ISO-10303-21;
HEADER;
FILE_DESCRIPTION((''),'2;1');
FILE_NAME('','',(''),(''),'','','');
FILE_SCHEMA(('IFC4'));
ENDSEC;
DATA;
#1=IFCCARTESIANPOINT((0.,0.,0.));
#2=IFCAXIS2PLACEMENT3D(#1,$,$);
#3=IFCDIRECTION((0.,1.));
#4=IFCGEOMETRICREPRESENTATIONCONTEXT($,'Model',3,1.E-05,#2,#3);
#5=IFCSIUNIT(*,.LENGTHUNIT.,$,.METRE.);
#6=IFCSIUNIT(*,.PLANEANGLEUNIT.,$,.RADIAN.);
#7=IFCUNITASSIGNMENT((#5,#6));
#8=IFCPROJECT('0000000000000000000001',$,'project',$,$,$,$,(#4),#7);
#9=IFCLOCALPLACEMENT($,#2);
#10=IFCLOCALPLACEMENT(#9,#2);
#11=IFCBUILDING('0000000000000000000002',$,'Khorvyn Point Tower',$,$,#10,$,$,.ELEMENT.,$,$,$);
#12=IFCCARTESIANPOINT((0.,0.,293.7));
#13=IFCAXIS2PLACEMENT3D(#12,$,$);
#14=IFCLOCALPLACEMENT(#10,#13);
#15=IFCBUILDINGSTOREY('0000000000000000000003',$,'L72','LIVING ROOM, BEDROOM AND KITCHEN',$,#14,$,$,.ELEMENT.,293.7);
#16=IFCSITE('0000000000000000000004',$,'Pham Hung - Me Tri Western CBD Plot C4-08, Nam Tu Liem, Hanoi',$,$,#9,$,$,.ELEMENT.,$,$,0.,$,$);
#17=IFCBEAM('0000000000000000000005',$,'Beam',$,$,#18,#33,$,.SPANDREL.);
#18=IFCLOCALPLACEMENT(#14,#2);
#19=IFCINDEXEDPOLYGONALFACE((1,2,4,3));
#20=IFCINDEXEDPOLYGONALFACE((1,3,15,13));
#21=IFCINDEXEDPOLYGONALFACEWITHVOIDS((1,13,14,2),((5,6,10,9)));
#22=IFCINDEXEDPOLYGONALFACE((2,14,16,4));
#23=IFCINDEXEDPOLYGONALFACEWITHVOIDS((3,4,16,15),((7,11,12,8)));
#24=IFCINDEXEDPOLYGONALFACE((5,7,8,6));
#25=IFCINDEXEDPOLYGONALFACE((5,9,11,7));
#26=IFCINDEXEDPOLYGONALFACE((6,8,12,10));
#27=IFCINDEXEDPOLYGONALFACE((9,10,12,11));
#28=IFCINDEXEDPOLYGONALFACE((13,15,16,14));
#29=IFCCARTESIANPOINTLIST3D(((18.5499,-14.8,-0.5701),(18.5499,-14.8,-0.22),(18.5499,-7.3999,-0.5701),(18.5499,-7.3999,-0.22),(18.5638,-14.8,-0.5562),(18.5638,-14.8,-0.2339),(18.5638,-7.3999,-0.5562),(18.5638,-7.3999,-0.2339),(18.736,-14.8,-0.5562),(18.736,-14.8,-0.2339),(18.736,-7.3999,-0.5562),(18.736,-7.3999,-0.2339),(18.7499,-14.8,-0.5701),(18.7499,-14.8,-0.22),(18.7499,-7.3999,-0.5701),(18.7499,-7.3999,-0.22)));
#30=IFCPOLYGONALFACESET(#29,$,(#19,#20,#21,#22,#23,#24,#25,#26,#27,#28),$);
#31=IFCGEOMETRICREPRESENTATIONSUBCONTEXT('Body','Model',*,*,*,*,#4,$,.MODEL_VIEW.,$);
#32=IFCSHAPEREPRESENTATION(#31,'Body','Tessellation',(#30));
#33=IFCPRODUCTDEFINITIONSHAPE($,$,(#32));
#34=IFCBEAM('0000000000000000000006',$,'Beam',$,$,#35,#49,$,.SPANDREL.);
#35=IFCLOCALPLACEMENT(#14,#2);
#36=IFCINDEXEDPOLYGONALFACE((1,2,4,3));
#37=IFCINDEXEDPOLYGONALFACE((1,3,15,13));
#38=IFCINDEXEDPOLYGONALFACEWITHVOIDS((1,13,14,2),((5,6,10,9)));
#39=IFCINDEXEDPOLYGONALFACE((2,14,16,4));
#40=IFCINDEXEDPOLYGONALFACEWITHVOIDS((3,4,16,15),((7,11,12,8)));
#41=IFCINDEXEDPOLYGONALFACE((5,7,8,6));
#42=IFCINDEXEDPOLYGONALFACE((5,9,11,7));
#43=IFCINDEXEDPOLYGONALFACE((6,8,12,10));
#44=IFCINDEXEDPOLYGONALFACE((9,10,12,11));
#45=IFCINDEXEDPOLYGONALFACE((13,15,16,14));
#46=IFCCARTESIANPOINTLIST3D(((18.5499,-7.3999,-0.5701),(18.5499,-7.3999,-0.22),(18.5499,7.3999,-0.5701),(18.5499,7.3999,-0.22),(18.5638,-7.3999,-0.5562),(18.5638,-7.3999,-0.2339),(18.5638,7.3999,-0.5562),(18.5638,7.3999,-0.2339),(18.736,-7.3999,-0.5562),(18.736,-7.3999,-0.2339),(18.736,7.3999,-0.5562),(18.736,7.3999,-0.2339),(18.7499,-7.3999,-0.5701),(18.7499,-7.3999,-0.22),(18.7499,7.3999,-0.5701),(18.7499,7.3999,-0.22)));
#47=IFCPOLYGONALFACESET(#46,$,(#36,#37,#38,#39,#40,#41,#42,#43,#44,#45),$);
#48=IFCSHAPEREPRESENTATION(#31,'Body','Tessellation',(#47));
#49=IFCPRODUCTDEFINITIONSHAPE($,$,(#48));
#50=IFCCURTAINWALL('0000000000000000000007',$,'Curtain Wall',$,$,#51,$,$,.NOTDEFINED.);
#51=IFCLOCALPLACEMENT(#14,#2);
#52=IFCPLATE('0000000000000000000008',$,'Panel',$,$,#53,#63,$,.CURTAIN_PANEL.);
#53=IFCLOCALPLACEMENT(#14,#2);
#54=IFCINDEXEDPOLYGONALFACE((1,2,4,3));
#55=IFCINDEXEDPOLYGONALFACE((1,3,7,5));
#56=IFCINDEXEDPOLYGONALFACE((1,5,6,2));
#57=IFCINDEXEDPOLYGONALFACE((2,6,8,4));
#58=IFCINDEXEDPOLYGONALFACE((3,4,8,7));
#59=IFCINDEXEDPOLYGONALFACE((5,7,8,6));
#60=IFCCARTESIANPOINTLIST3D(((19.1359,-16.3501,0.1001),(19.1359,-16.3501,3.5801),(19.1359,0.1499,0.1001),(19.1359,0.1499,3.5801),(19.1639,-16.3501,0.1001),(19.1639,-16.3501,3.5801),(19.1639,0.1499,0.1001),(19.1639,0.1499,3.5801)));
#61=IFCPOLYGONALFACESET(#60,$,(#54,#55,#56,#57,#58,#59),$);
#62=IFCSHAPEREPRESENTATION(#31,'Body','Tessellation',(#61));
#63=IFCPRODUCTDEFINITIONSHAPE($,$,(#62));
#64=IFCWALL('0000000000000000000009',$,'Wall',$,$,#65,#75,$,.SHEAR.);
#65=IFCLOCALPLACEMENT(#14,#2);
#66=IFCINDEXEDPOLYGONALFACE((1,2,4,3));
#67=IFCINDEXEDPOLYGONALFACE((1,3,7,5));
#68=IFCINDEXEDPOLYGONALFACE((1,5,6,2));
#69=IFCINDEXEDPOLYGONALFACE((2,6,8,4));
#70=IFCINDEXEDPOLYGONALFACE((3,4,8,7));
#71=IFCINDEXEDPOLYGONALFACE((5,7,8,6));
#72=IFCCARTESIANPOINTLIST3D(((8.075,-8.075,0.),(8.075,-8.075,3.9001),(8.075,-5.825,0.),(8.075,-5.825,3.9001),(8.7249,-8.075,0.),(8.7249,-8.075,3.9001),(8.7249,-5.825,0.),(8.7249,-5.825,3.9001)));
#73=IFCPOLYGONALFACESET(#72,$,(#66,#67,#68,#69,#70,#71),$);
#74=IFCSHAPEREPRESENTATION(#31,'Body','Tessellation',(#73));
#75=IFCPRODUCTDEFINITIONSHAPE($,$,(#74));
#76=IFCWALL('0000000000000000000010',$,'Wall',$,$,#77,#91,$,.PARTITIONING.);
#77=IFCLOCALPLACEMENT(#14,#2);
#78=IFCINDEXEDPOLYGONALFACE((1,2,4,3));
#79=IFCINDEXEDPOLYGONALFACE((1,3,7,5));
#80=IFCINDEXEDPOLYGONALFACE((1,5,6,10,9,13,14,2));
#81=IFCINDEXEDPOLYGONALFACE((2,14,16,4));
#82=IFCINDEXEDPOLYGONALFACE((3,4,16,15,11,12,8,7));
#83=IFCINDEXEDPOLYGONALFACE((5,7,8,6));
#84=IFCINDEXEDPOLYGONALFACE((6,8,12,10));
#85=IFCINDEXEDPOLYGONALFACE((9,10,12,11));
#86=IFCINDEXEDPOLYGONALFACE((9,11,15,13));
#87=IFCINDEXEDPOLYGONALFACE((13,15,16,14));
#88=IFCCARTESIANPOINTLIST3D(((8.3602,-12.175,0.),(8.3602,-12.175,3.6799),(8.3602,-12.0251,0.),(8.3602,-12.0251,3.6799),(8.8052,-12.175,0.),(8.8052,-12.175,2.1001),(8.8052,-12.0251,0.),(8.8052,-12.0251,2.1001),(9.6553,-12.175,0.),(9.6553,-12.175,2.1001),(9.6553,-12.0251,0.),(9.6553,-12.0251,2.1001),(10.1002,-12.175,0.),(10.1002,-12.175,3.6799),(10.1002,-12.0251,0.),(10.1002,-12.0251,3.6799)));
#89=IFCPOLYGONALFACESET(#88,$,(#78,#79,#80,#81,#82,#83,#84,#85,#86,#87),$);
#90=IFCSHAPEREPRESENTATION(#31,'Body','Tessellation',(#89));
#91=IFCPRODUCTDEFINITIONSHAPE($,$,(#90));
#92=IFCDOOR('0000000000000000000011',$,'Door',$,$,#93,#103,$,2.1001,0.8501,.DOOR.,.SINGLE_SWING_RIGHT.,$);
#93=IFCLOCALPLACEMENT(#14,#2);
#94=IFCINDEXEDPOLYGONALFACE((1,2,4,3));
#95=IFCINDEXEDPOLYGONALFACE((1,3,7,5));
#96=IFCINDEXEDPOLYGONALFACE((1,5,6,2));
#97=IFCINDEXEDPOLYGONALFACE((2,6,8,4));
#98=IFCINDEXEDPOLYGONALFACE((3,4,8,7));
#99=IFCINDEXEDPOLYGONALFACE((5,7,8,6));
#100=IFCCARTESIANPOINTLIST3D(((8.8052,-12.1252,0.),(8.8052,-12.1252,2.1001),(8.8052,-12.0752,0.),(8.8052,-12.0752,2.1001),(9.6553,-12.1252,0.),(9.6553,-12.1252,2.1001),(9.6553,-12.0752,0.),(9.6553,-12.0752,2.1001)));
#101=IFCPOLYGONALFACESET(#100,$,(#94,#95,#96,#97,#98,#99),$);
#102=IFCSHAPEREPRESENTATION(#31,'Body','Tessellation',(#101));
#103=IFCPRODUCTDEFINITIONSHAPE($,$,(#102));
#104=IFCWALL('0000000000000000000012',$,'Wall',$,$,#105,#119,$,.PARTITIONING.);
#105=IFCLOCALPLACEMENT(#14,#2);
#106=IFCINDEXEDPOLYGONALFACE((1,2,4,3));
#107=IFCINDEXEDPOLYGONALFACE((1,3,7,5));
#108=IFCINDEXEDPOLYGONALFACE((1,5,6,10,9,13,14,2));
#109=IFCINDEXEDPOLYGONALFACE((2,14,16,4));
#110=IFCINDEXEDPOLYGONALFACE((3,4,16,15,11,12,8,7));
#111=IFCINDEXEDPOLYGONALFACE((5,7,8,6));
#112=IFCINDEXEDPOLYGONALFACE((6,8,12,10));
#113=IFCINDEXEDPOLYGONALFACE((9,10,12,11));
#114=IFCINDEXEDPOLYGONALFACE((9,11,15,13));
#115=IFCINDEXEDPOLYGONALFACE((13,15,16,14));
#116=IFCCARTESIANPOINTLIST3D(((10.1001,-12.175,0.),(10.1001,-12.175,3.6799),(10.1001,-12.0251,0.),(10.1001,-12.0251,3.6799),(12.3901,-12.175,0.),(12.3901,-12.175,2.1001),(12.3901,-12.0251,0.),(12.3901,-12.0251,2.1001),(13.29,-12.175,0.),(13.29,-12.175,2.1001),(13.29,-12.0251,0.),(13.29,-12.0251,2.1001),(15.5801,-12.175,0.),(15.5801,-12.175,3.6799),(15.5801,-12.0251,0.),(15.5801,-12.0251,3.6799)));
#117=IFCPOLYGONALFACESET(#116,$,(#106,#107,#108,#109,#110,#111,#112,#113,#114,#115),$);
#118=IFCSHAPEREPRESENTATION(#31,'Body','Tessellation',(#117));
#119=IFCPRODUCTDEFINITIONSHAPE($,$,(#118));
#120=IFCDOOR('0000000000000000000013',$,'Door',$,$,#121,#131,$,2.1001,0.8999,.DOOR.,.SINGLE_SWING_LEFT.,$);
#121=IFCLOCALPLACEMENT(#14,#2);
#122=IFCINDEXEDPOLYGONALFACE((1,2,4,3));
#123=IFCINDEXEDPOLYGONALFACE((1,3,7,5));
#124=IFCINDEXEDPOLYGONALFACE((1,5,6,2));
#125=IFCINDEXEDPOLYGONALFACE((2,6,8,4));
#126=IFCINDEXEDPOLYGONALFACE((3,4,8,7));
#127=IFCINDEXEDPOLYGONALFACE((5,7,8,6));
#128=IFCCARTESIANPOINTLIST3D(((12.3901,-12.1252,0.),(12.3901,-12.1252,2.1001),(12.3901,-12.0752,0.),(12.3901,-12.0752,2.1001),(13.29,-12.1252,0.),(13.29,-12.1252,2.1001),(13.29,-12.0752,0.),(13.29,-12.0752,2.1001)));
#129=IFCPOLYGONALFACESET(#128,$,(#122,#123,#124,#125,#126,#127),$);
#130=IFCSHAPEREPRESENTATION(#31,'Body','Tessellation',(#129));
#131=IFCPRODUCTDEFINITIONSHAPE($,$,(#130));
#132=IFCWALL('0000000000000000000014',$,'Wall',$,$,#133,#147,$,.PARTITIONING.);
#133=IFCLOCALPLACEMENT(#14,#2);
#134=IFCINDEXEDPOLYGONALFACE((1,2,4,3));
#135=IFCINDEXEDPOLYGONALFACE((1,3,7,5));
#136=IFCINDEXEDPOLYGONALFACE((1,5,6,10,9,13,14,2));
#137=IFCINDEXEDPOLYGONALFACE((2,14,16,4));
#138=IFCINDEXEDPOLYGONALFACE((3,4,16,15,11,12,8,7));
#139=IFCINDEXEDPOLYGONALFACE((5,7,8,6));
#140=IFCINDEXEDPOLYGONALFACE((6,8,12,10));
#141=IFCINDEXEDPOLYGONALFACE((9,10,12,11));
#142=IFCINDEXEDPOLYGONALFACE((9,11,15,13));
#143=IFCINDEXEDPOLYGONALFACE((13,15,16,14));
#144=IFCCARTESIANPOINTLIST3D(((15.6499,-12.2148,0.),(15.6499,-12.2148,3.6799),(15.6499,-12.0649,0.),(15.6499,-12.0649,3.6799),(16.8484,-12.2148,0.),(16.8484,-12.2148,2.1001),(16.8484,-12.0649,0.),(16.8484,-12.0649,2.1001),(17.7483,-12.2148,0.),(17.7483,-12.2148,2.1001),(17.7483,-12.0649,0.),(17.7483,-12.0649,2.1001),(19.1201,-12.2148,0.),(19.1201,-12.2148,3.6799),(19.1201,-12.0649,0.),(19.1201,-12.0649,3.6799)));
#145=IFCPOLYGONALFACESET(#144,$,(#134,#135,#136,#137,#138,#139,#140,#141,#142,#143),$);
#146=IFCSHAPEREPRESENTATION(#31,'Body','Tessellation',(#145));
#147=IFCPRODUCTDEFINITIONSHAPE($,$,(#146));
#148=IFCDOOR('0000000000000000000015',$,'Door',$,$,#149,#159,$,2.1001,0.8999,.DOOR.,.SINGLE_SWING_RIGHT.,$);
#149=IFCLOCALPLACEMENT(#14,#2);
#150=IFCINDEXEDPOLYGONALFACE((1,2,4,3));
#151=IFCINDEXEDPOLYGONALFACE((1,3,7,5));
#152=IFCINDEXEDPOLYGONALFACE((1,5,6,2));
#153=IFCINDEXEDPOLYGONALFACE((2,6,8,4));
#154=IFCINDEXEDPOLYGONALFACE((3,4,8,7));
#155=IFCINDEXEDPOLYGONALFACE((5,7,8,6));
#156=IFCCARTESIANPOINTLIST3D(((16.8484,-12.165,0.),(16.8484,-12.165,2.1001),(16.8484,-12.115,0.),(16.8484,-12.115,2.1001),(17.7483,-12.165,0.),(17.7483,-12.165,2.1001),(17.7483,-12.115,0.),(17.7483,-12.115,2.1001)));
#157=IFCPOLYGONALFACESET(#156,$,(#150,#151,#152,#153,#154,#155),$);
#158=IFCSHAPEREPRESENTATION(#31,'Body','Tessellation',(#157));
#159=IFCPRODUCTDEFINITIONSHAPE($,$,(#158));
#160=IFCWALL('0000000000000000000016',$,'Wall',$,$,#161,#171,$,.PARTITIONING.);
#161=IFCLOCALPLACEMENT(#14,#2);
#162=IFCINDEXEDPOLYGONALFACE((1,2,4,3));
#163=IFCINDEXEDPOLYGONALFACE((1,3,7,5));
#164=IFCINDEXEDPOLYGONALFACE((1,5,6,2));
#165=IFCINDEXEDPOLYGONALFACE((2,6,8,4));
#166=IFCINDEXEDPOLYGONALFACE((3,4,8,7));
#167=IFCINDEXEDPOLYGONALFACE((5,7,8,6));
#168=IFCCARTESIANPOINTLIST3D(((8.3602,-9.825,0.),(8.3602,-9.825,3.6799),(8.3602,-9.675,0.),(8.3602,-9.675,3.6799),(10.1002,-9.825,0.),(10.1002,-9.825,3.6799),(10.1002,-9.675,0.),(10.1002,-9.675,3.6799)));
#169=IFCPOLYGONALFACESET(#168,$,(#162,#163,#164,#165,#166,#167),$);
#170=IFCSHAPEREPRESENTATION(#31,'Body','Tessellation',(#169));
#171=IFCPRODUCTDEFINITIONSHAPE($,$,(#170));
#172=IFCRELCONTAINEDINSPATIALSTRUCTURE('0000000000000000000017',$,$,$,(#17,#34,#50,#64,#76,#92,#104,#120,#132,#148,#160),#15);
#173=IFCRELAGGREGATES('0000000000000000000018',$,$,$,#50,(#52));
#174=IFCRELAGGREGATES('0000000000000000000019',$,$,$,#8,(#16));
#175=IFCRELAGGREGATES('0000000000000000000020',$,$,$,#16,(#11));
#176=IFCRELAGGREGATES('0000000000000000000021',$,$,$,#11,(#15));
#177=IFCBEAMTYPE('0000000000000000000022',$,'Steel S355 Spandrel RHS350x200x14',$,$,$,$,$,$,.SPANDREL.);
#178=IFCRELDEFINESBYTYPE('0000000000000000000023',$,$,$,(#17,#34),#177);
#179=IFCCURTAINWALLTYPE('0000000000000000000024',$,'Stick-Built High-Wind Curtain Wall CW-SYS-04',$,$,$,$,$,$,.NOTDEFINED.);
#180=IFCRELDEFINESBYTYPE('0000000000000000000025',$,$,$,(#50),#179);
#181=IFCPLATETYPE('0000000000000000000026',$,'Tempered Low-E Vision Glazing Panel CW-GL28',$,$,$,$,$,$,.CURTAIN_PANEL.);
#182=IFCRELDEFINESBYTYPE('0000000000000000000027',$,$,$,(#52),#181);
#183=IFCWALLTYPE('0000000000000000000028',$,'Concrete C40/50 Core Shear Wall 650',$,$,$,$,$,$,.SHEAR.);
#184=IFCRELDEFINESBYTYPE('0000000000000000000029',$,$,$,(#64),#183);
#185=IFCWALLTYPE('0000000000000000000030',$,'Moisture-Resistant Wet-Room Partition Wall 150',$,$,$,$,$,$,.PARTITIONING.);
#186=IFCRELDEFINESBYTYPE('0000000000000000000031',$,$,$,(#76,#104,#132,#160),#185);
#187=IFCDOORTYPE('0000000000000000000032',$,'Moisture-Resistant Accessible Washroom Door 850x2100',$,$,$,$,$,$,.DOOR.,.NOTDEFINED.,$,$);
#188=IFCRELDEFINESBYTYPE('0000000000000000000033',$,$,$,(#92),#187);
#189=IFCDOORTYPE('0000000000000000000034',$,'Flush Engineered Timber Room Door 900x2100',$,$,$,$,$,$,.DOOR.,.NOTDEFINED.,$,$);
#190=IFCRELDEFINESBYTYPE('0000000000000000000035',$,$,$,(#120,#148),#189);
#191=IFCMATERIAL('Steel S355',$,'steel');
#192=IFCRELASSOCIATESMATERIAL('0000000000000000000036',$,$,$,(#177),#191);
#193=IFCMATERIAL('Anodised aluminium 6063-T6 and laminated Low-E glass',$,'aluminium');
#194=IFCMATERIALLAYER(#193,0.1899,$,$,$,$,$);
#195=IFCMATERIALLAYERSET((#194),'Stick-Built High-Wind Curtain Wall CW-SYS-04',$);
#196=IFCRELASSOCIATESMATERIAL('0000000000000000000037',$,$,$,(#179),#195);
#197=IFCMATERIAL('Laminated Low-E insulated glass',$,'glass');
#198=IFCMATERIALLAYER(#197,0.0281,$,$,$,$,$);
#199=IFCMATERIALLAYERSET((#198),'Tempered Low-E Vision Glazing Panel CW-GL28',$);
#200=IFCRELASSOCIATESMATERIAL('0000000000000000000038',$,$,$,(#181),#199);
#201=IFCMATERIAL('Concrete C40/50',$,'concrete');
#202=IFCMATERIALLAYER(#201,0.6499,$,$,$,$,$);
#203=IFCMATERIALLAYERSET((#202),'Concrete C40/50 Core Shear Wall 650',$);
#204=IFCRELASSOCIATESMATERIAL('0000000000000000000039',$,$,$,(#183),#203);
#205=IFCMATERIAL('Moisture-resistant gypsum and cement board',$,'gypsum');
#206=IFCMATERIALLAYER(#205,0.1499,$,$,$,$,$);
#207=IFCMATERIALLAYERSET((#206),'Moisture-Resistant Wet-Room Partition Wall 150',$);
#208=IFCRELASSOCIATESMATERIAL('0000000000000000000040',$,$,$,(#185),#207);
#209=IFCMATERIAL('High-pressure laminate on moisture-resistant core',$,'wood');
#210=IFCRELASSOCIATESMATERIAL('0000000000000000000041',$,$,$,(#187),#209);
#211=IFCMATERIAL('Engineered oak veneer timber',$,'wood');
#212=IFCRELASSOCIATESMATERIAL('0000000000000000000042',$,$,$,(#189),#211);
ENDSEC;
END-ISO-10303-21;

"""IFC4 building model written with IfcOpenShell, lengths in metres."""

from ifc_helpers import new_model, si_unit, direction, frame, frame_2d, origin, origin_2d, place, context, subcontext, project, spatial, rectangle, hollow_rectangle, extrude, material, layer, layer_set, material_profile, profile_set, type_object, element, fill, aggregate, save


model = new_model("IFC4")

# Units and contexts
model_context = context("Model", 3, precision=1e-05, world=origin(), true_north=direction((0.0, 1.0)))
body_context = subcontext(model_context, "Body", "Model", "MODEL_VIEW")
ifc_project = project(units=[si_unit("LENGTHUNIT", "METRE"), si_unit("PLANEANGLEUNIT", "RADIAN")], contexts=[model_context])

# Site, building, storey
site_placement = place(None, origin())
site = spatial("IfcSite", under=ifc_project, at=site_placement, Name="Pham Hung - Me Tri Western CBD Plot C4-08, Nam Tu Liem, Hanoi", CompositionType="ELEMENT", RefElevation=0.0)
building_placement = place(site_placement, origin())
building = spatial("IfcBuilding", under=site, at=building_placement, Name="Khorvyn Point Tower", CompositionType="ELEMENT")
storey_placement = place(building_placement, frame((0.0, 0.0, 293.7)))
storey = spatial("IfcBuildingStorey", under=building, at=storey_placement, Name="L72", Description="LIVING ROOM, BEDROOM AND KITCHEN", CompositionType="ELEMENT", Elevation=293.7)

# Shared definitions
ifc_material_1 = material(Name="Concrete C40/50", Category="concrete")
ifc_material_2 = material(Name="Steel S355", Category="steel")

# Beams
ifc_material_profile_1 = material_profile(ifc_material_2, hollow_rectangle(XDim=0.2, YDim=0.3501, WallThickness=0.0139, at=origin_2d()))
ifc_profile_set_1 = profile_set([ifc_material_profile_1], Name="Steel S355 RHS350x200x14")
beam_type_1 = type_object("IfcBeamType", Name="Steel S355 Spandrel RHS350x200x14", PredefinedType="SPANDREL", material=ifc_profile_set_1)
beam_1_placement = place(storey_placement, frame((18.6499, -14.8, -0.395), z_axis=(0.0, 1.0, 0.0), x_axis=(-1.0, 0.0, 0.0)))
element("IfcBeam", 1, at=beam_1_placement, inside=storey, type_object=beam_type_1, Name="Beam", PredefinedType="SPANDREL", context=body_context, shape_type="SweptSolid", body=[
    extrude(hollow_rectangle(XDim=0.2, YDim=0.3501, WallThickness=0.0139, at=origin_2d()), origin(), (0.0, 0.0, 1.0), 7.4001),
])
beam_2_placement = place(storey_placement, frame((18.6499, -7.3999, -0.395), z_axis=(0.0, 1.0, 0.0), x_axis=(-1.0, 0.0, 0.0)))
element("IfcBeam", 2, at=beam_2_placement, inside=storey, type_object=beam_type_1, Name="Beam", PredefinedType="SPANDREL", context=body_context, shape_type="SweptSolid", body=[
    extrude(hollow_rectangle(XDim=0.2, YDim=0.3501, WallThickness=0.0139, at=origin_2d()), origin(), (0.0, 0.0, 1.0), 14.7998),
])

# Curtain wall, plate
ifc_material_3 = material(Name="Anodised aluminium 6063-T6 and laminated Low-E glass", Category="aluminium")
ifc_layer_1 = layer(ifc_material_3, 0.1899)
ifc_layer_set_1 = layer_set([ifc_layer_1], Name="Stick-Built High-Wind Curtain Wall CW-SYS-04")
curtain_wall_type = type_object("IfcCurtainWallType", Name="Stick-Built High-Wind Curtain Wall CW-SYS-04", PredefinedType="NOTDEFINED", material=ifc_layer_set_1)
curtain_wall_placement = place(storey_placement, origin())
curtain_wall = element("IfcCurtainWall", 3, at=curtain_wall_placement, inside=storey, type_object=curtain_wall_type, Name="Curtain Wall", PredefinedType="NOTDEFINED")
ifc_material_4 = material(Name="Laminated Low-E insulated glass", Category="glass")
ifc_layer_2 = layer(ifc_material_4, 0.0281)
ifc_layer_set_2 = layer_set([ifc_layer_2], Name="Tempered Low-E Vision Glazing Panel CW-GL28")
plate_type = type_object("IfcPlateType", Name="Tempered Low-E Vision Glazing Panel CW-GL28", PredefinedType="CURTAIN_PANEL", material=ifc_layer_set_2)
plate_placement = place(storey_placement, frame((19.1499, -8.1001, 0.1001), z_axis=(0.0, 0.0, 1.0), x_axis=(0.0, -1.0, 0.0)))
plate = element("IfcPlate", 4, at=plate_placement, type_object=plate_type, Name="Panel", PredefinedType="CURTAIN_PANEL", context=body_context, shape_type="SweptSolid", body=[
    extrude(rectangle(XDim=16.5, YDim=0.0281, at=origin_2d()), origin(), (0.0, 0.0, 1.0), 3.48),
])
aggregate(curtain_wall, [plate])

# Wall
ifc_layer_3 = layer(ifc_material_1, 0.6499)
ifc_layer_set_3 = layer_set([ifc_layer_3], Name="Concrete C40/50 Core Shear Wall 650")
wall_type_1 = type_object("IfcWallType", Name="Concrete C40/50 Core Shear Wall 650", PredefinedType="SHEAR", material=ifc_layer_set_3)
wall_1_placement = place(storey_placement, frame((8.3999, -8.075, 0.0), z_axis=(0.0, 0.0, 1.0), x_axis=(0.0, 1.0, 0.0)))
element("IfcWall", 5, at=wall_1_placement, inside=storey, type_object=wall_type_1, Name="Wall", PredefinedType="SHEAR", context=body_context, shape_type="SweptSolid", body=[
    extrude(rectangle(XDim=2.25, YDim=0.6499, at=frame_2d((1.125, 0.0))), origin(), (0.0, 0.0, 1.0), 3.9001),
])

# Walls, openings, doors
ifc_material_5 = material(Name="Moisture-resistant gypsum and cement board", Category="gypsum")
ifc_layer_4 = layer(ifc_material_5, 0.1499)
ifc_layer_set_4 = layer_set([ifc_layer_4], Name="Moisture-Resistant Wet-Room Partition Wall 150")
wall_type_2 = type_object("IfcWallType", Name="Moisture-Resistant Wet-Room Partition Wall 150", PredefinedType="PARTITIONING", material=ifc_layer_set_4)
wall_2_placement = place(storey_placement, frame((8.3601, -12.1001, 0.0), z_axis=(0.0, 0.0, 1.0), x_axis=(1.0, 0.0, 0.0)))
wall_2 = element("IfcWall", 6, at=wall_2_placement, inside=storey, type_object=wall_type_2, Name="Wall", PredefinedType="PARTITIONING", context=body_context, shape_type="SweptSolid", body=[
    extrude(rectangle(XDim=1.74, YDim=0.1499, at=frame_2d((0.8701, 0.0))), origin(), (0.0, 0.0, 1.0), 3.6799),
])
opening_1_placement = place(wall_2_placement, frame((0.4451, 0.0, 0.0)))
opening_1 = element("IfcOpeningElement", 7, at=opening_1_placement, cuts=wall_2, PredefinedType="OPENING", context=body_context, shape_type="SweptSolid", body=[
    extrude(rectangle(XDim=0.8501, YDim=2.1001, at=frame_2d((0.425, 1.05))), frame((0.0, 0.085, 0.0), z_axis=(0.0, -1.0, 0.0), x_axis=(1.0, 0.0, 0.0)), (0.0, 0.0, 1.0), 0.1699),
])
ifc_material_6 = material(Name="High-pressure laminate on moisture-resistant core", Category="wood")
door_type_1 = type_object("IfcDoorType", Name="Moisture-Resistant Accessible Washroom Door 850x2100", OperationType="NOTDEFINED", PredefinedType="DOOR", material=ifc_material_6)
door_1_placement = place(opening_1_placement, origin())
door_1 = element("IfcDoor", 8, at=door_1_placement, inside=storey, type_object=door_type_1, Name="Door", OperationType="SINGLE_SWING_RIGHT", OverallHeight=2.1001, OverallWidth=0.8501, PredefinedType="DOOR", context=body_context, shape_type="SweptSolid", body=[
    extrude(rectangle(XDim=0.8501, YDim=2.1001, at=frame_2d((0.425, 1.05))), frame((0.0, 0.0249, 0.0), z_axis=(0.0, -1.0, 0.0), x_axis=(1.0, 0.0, 0.0)), (0.0, 0.0, 1.0), 0.05),
])
fill(opening_1, door_1)
wall_3_placement = place(storey_placement, frame((10.1001, -12.1001, 0.0), z_axis=(0.0, 0.0, 1.0), x_axis=(1.0, 0.0, 0.0)))
wall_3 = element("IfcWall", 9, at=wall_3_placement, inside=storey, type_object=wall_type_2, Name="Wall", PredefinedType="PARTITIONING", context=body_context, shape_type="SweptSolid", body=[
    extrude(rectangle(XDim=5.48, YDim=0.1499, at=frame_2d((2.74, 0.0))), origin(), (0.0, 0.0, 1.0), 3.6799),
])
opening_2_placement = place(wall_3_placement, frame((2.29, 0.0, 0.0)))
opening_2 = element("IfcOpeningElement", 10, at=opening_2_placement, cuts=wall_3, PredefinedType="OPENING", context=body_context, shape_type="SweptSolid", body=[
    extrude(rectangle(XDim=0.8999, YDim=2.1001, at=frame_2d((0.45, 1.05))), frame((0.0, 0.085, 0.0), z_axis=(0.0, -1.0, 0.0), x_axis=(1.0, 0.0, 0.0)), (0.0, 0.0, 1.0), 0.1699),
])
ifc_material_7 = material(Name="Engineered oak veneer timber", Category="wood")
door_type_2 = type_object("IfcDoorType", Name="Flush Engineered Timber Room Door 900x2100", OperationType="NOTDEFINED", PredefinedType="DOOR", material=ifc_material_7)
door_2_placement = place(opening_2_placement, origin())
door_2 = element("IfcDoor", 11, at=door_2_placement, inside=storey, type_object=door_type_2, Name="Door", OperationType="SINGLE_SWING_LEFT", OverallHeight=2.1001, OverallWidth=0.8999, PredefinedType="DOOR", context=body_context, shape_type="SweptSolid", body=[
    extrude(rectangle(XDim=0.8999, YDim=2.1001, at=frame_2d((0.45, 1.05))), frame((0.0, 0.0249, 0.0), z_axis=(0.0, -1.0, 0.0), x_axis=(1.0, 0.0, 0.0)), (0.0, 0.0, 1.0), 0.05),
])
fill(opening_2, door_2)
wall_4_placement = place(storey_placement, frame((15.6499, -12.1399, 0.0), z_axis=(0.0, 0.0, 1.0), x_axis=(1.0, 0.0, 0.0)))
wall_4 = element("IfcWall", 12, at=wall_4_placement, inside=storey, type_object=wall_type_2, Name="Wall", PredefinedType="PARTITIONING", context=body_context, shape_type="SweptSolid", body=[
    extrude(rectangle(XDim=3.4702, YDim=0.1499, at=frame_2d((1.7351, 0.0))), origin(), (0.0, 0.0, 1.0), 3.6799),
])
opening_3_placement = place(wall_4_placement, frame((1.1985, 0.0, 0.0)))
opening_3 = element("IfcOpeningElement", 13, at=opening_3_placement, cuts=wall_4, PredefinedType="OPENING", context=body_context, shape_type="SweptSolid", body=[
    extrude(rectangle(XDim=0.8999, YDim=2.1001, at=frame_2d((0.45, 1.05))), frame((0.0, 0.085, 0.0), z_axis=(0.0, -1.0, 0.0), x_axis=(1.0, 0.0, 0.0)), (0.0, 0.0, 1.0), 0.1699),
])
door_3_placement = place(opening_3_placement, origin())
door_3 = element("IfcDoor", 14, at=door_3_placement, inside=storey, type_object=door_type_2, Name="Door", OperationType="SINGLE_SWING_RIGHT", OverallHeight=2.1001, OverallWidth=0.8999, PredefinedType="DOOR", context=body_context, shape_type="SweptSolid", body=[
    extrude(rectangle(XDim=0.8999, YDim=2.1001, at=frame_2d((0.45, 1.05))), frame((0.0, 0.0249, 0.0), z_axis=(0.0, -1.0, 0.0), x_axis=(1.0, 0.0, 0.0)), (0.0, 0.0, 1.0), 0.05),
])
fill(opening_3, door_3)

# Wall
wall_5_placement = place(storey_placement, frame((8.3601, -9.75, 0.0), z_axis=(0.0, 0.0, 1.0), x_axis=(1.0, 0.0, 0.0)))
element("IfcWall", 15, at=wall_5_placement, inside=storey, type_object=wall_type_2, Name="Wall", PredefinedType="PARTITIONING", context=body_context, shape_type="SweptSolid", body=[
    extrude(rectangle(XDim=1.74, YDim=0.1499, at=frame_2d((0.8701, 0.0))), origin(), (0.0, 0.0, 1.0), 3.6799),
])

save(model, "model.ifc")
